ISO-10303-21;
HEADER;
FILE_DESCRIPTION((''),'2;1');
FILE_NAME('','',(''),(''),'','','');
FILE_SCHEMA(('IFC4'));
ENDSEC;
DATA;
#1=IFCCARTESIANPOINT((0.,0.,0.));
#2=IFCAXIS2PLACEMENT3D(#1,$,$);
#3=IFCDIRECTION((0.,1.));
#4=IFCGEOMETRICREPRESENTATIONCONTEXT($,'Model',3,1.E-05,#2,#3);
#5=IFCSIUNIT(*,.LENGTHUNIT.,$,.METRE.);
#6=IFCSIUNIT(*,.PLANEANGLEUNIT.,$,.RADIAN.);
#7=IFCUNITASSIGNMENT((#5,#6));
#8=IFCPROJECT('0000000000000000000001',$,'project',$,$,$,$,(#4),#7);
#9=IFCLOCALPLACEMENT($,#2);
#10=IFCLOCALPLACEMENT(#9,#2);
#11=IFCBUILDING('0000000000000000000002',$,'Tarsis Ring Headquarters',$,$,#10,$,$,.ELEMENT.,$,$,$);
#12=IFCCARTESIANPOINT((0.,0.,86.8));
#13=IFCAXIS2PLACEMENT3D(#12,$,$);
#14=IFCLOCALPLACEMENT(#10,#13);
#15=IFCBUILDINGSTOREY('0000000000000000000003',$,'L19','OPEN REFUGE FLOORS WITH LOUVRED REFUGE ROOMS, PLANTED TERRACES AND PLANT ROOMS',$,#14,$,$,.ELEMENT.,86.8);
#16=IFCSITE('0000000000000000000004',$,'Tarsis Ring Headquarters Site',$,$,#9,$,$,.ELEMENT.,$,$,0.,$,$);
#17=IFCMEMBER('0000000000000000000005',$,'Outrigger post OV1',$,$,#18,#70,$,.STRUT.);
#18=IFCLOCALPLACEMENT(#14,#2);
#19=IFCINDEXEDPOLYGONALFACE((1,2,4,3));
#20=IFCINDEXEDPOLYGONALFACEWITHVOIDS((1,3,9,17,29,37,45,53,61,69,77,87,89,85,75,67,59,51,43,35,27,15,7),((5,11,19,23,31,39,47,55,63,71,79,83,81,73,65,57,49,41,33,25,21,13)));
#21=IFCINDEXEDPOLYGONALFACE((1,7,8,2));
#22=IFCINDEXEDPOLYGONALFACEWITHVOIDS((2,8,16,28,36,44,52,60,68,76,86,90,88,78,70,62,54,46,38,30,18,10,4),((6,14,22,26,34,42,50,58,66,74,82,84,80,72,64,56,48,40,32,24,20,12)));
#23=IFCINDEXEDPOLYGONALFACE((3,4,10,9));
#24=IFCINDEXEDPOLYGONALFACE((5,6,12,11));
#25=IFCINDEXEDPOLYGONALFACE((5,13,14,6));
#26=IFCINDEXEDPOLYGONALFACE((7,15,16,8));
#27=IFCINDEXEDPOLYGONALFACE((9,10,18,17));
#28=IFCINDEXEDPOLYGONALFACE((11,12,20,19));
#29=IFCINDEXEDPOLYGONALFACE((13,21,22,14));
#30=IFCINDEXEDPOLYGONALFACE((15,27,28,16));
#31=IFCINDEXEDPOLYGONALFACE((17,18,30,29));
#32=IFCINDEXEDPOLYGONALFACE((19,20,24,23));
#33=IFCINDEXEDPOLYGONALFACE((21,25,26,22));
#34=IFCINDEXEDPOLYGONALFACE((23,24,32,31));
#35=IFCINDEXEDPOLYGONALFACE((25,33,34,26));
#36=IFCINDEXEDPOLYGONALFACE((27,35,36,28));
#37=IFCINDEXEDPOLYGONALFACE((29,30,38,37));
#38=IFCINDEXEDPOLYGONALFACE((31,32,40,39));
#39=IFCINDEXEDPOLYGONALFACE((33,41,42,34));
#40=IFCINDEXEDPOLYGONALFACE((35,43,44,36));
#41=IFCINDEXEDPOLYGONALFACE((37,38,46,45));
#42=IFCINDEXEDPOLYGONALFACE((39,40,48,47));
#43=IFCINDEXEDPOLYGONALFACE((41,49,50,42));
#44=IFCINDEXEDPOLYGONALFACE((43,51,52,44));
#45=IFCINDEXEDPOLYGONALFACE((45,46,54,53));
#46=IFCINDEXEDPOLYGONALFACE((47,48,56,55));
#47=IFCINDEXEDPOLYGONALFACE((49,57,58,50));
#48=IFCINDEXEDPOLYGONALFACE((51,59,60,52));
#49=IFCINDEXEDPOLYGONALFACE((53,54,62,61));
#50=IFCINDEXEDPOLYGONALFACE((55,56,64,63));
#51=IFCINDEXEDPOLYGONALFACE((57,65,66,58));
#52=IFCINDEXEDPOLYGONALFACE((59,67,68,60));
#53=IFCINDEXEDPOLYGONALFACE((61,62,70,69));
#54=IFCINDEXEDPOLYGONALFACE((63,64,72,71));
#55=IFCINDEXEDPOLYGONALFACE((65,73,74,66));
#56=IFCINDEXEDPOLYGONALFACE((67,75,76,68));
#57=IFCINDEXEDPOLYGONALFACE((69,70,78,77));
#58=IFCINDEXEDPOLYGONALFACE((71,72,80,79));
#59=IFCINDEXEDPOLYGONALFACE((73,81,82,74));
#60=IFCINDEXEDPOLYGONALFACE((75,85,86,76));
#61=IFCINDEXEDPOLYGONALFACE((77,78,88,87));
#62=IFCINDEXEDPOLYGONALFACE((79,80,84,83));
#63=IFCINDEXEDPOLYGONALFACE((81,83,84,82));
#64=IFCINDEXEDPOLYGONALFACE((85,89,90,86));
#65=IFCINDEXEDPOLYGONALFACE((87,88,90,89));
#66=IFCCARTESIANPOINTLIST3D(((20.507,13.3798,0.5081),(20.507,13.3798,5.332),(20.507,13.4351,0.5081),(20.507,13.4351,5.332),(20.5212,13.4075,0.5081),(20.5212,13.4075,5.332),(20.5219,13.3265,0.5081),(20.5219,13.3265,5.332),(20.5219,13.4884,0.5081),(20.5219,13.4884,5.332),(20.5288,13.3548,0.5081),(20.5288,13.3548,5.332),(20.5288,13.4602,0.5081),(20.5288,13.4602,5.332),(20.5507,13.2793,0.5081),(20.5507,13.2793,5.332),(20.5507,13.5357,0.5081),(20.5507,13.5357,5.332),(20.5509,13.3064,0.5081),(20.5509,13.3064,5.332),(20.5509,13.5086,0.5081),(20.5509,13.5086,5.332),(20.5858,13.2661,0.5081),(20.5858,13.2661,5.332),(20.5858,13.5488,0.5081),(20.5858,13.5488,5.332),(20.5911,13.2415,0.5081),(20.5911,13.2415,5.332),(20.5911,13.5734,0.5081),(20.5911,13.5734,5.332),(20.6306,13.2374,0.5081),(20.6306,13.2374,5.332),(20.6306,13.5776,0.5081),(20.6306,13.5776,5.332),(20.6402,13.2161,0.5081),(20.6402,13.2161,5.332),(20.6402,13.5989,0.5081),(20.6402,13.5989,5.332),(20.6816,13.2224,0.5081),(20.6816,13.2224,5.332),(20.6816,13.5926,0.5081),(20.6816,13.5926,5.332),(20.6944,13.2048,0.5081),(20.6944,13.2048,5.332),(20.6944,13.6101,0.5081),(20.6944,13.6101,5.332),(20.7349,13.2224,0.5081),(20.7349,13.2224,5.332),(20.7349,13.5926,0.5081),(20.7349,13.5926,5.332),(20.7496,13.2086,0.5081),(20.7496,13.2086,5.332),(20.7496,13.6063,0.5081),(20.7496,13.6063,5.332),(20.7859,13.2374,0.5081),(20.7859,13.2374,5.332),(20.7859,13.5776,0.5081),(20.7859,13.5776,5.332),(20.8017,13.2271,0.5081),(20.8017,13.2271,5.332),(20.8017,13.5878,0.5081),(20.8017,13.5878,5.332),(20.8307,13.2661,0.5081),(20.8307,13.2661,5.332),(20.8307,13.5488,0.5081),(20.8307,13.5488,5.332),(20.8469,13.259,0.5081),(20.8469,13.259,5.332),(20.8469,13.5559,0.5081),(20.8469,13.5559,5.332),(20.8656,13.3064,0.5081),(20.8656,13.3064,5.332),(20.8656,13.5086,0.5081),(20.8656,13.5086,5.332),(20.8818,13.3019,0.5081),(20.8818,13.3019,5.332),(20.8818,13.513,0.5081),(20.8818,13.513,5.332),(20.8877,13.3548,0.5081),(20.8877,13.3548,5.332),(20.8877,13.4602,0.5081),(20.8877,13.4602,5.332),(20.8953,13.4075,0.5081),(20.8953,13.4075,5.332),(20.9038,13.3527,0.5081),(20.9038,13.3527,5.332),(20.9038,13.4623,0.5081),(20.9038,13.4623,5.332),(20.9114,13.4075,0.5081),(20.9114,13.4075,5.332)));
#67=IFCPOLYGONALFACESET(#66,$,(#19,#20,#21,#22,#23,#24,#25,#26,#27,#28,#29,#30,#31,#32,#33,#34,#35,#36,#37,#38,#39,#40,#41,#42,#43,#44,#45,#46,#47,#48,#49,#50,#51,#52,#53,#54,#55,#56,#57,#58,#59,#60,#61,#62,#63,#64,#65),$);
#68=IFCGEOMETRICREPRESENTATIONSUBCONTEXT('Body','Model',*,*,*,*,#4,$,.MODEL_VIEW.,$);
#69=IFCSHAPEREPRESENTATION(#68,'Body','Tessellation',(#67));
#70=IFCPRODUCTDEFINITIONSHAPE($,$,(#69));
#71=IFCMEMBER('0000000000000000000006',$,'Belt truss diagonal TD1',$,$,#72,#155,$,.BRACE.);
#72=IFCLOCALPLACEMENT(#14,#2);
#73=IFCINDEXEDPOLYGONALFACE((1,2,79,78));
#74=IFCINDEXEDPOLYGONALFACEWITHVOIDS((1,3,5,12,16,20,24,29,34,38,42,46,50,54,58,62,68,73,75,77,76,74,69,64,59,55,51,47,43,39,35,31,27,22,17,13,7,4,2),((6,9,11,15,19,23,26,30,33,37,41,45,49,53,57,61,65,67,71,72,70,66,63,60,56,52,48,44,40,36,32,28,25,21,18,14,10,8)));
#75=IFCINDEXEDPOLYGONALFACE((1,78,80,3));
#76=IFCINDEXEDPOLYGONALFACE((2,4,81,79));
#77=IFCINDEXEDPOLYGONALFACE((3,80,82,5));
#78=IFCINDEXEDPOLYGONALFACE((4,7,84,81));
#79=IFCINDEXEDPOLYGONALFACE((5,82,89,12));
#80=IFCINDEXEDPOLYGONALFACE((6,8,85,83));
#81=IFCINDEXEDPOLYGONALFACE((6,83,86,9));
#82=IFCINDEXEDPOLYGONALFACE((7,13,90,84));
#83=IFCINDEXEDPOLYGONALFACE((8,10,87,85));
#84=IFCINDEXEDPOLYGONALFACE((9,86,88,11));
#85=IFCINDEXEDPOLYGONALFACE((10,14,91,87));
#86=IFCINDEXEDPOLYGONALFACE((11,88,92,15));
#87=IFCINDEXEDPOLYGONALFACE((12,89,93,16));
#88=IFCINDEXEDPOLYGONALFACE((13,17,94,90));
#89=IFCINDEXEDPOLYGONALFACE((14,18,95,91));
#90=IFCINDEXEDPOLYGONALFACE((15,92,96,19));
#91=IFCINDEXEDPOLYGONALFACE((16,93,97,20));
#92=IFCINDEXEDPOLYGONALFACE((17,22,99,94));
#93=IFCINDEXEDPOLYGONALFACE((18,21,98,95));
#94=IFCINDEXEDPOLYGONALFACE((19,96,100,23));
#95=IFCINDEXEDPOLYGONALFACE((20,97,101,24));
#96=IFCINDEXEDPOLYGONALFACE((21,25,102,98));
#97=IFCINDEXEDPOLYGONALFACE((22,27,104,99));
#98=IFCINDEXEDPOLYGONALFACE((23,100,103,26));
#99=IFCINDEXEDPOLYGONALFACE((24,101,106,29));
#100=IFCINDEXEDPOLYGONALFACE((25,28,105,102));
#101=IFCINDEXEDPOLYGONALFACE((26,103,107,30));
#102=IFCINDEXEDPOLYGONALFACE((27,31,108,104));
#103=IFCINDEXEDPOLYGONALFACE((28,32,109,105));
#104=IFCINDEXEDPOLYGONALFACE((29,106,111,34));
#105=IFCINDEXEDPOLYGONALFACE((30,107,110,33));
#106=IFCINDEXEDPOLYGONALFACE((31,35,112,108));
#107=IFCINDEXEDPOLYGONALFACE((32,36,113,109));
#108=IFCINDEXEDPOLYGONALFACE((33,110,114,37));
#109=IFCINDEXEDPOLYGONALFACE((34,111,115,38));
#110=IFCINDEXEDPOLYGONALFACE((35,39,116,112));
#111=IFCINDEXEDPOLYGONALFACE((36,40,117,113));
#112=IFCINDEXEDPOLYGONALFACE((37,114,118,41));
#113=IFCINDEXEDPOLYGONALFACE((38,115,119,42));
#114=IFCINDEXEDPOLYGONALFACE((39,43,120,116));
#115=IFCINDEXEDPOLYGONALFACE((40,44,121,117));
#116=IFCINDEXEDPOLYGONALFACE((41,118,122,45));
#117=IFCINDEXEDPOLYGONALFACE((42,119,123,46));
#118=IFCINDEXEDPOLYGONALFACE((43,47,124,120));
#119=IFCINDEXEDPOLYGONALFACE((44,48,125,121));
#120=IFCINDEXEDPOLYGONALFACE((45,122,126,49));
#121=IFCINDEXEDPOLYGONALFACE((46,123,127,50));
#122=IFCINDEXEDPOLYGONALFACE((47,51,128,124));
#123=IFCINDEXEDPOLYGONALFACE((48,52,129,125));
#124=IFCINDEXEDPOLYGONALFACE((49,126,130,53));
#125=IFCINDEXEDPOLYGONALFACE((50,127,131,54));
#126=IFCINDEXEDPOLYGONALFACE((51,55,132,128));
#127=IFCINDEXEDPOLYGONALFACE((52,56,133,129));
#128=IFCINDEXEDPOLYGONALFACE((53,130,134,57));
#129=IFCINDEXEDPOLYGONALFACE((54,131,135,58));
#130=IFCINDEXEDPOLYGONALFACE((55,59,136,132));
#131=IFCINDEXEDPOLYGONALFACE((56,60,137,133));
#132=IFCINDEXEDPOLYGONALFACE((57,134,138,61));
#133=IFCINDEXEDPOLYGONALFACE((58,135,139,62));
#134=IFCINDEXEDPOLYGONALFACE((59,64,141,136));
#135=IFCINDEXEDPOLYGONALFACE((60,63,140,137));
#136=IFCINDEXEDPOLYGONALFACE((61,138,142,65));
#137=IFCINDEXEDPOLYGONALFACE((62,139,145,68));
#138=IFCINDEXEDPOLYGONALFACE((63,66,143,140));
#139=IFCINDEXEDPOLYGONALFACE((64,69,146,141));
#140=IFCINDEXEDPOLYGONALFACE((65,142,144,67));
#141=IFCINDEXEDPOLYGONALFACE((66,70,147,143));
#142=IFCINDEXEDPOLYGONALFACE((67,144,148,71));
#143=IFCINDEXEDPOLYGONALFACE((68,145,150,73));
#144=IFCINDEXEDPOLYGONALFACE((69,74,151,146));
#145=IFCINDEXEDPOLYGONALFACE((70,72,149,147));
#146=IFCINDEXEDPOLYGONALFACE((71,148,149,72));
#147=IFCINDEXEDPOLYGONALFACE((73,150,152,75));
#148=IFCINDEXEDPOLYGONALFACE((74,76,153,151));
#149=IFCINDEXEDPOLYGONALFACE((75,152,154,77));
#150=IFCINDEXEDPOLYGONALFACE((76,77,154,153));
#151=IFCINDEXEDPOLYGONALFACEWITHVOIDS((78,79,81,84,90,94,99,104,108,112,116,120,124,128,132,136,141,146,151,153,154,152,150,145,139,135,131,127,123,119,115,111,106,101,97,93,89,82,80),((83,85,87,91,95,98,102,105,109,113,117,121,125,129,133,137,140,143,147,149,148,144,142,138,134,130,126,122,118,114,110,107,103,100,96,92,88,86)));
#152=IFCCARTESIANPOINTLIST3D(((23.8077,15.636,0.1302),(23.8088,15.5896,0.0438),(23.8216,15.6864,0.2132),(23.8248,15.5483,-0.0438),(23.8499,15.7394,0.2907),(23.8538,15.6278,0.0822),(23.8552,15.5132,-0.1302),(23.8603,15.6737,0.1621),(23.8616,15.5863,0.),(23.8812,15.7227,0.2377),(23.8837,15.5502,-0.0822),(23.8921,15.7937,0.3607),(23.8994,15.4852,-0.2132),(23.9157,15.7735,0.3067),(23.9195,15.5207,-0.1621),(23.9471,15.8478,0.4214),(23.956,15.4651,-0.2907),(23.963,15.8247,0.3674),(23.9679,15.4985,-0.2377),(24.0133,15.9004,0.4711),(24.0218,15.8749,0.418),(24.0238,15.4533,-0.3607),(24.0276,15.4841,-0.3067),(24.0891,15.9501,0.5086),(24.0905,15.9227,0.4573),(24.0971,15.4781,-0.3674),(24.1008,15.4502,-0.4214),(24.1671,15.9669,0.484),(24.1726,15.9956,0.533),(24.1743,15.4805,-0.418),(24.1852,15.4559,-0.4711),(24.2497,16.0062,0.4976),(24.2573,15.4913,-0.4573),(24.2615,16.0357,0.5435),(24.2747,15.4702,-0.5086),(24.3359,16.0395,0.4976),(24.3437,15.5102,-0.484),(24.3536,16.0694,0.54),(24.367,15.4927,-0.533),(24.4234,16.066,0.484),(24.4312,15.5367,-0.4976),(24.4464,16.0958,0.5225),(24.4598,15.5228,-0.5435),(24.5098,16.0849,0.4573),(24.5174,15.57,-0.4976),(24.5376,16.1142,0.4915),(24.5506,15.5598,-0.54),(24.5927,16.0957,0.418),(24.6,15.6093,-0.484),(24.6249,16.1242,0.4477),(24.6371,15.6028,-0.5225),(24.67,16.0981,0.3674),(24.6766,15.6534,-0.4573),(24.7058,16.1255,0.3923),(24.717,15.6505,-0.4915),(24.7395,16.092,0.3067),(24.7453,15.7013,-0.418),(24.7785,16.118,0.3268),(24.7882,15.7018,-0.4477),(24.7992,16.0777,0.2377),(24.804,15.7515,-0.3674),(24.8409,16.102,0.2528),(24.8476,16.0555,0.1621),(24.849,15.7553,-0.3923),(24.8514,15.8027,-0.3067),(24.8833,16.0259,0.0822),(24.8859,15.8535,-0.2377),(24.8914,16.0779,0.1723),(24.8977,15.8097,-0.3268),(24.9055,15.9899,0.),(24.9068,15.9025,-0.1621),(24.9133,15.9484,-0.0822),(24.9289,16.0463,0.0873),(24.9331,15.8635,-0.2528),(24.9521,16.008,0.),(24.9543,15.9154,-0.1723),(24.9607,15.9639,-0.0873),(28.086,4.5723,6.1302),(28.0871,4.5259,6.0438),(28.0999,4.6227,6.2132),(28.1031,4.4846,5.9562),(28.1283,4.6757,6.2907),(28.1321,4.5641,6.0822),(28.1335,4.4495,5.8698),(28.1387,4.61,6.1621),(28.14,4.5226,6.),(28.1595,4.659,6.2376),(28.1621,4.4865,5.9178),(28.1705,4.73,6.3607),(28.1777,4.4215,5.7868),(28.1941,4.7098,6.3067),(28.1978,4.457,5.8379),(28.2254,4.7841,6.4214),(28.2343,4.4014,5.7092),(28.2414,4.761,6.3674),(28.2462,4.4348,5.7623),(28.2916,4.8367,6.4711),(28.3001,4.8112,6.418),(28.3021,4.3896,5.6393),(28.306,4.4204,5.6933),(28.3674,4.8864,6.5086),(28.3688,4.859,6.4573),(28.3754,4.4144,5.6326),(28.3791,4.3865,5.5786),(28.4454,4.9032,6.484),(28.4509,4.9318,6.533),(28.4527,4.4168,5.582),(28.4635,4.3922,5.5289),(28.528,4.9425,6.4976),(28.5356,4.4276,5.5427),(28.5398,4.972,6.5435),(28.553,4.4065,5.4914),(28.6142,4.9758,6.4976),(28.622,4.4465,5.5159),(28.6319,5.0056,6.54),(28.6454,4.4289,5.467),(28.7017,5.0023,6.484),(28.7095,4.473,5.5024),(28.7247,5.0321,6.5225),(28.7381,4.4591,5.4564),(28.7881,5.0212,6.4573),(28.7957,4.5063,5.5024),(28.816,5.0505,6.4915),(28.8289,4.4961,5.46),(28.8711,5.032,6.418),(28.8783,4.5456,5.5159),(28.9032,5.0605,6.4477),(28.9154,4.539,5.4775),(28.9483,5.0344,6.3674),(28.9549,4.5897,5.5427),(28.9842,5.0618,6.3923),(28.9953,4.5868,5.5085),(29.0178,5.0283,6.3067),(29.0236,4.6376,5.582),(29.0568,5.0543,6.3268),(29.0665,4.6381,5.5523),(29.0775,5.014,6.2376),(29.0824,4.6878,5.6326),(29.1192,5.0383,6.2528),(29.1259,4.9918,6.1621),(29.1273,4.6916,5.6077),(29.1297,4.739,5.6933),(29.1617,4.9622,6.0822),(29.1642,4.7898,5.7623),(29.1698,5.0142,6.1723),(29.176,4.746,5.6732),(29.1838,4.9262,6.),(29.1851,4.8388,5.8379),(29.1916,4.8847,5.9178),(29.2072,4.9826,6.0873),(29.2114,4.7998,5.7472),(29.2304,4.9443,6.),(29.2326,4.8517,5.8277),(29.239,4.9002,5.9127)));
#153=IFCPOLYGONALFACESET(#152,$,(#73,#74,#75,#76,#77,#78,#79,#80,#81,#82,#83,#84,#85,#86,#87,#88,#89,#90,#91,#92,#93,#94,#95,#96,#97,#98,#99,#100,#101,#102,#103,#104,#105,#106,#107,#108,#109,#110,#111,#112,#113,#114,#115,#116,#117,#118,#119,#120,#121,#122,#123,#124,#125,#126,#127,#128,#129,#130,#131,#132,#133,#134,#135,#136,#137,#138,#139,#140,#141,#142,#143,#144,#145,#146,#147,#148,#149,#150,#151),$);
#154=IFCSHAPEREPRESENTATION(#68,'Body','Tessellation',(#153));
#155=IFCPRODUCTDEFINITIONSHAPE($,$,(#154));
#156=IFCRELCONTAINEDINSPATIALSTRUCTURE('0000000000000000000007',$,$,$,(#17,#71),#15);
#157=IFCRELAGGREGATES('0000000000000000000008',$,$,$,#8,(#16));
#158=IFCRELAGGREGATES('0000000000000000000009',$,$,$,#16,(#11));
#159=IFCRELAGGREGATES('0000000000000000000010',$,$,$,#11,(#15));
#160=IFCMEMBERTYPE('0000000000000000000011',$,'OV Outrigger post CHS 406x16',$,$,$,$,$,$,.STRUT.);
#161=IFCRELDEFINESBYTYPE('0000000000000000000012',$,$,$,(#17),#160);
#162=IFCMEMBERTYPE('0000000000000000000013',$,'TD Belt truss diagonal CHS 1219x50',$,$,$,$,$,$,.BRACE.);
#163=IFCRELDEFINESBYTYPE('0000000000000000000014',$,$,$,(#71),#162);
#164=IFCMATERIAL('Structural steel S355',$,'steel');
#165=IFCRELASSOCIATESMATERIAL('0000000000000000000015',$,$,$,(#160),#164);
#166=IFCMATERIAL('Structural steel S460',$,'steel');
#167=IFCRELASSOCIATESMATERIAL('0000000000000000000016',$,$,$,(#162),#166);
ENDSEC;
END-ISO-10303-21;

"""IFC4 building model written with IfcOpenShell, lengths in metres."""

from ifc_helpers import new_model, si_unit, direction, frame, origin, origin_2d, place, context, subcontext, project, spatial, hollow_circle, extrude, material, material_profile, profile_set, type_object, element, save


model = new_model("IFC4")

# Units and contexts
model_context = context("Model", 3, precision=1e-05, world=origin(), true_north=direction((0.0, 1.0)))
body_context = subcontext(model_context, "Body", "Model", "MODEL_VIEW")
ifc_project = project(units=[si_unit("LENGTHUNIT", "METRE"), si_unit("PLANEANGLEUNIT", "RADIAN")], contexts=[model_context])

# Site, building, storey
site_placement = place(None, origin())
site = spatial("IfcSite", under=ifc_project, at=site_placement, Name="Tarsis Ring Headquarters Site", CompositionType="ELEMENT", RefElevation=0.0)
building_placement = place(site_placement, origin())
building = spatial("IfcBuilding", under=site, at=building_placement, Name="Tarsis Ring Headquarters", CompositionType="ELEMENT")
storey_placement = place(building_placement, frame((0.0, 0.0, 86.8)))
storey = spatial("IfcBuildingStorey", under=building, at=storey_placement, Name="L19", Description="OPEN REFUGE FLOORS WITH LOUVRED REFUGE ROOMS, PLANTED TERRACES AND PLANT ROOMS", CompositionType="ELEMENT", Elevation=86.8)

# Shared definitions
ifc_material_1 = material(Name="Structural steel S460", Category="steel")
ifc_material_profile_1 = material_profile(ifc_material_1, hollow_circle(Radius=0.6096, WallThickness=0.05, at=origin_2d()), Name="CHS 1219x50")
ifc_profile_set_1 = profile_set([ifc_material_profile_1], Name="Structural steel S460")

# Shared definitions
ifc_material_2 = material(Name="Structural steel S355", Category="steel")

# Members
ifc_material_profile_2 = material_profile(ifc_material_2, hollow_circle(Radius=0.2031, WallThickness=0.0161, at=origin_2d()), Name="CHS 406x16")
ifc_profile_set_2 = profile_set([ifc_material_profile_2], Name="Structural steel S355")
member_type_1 = type_object("IfcMemberType", Name="OV Outrigger post CHS 406x16", PredefinedType="STRUT", material=ifc_profile_set_2)
for number, where, z_axis, x_axis, name in (
    (1, (20.7083, 13.4075, 0.5081), (0.0, 0.0, 1.0), (1.0, 0.0, 0.0), "Outrigger post OV1"),
):
    element("IfcMember", number, at=place(storey_placement, frame(where, z_axis=z_axis, x_axis=x_axis)), inside=storey, type_object=member_type_1, Name=name, PredefinedType="STRUT", context=body_context, shape_type="SweptSolid", body=[
        extrude(hollow_circle(Radius=0.2031, WallThickness=0.0161, at=origin_2d()), origin(), (0.0, 0.0, 1.0), 4.824),
    ])
member_type_2 = type_object("IfcMemberType", Name="TD Belt truss diagonal CHS 1219x50", PredefinedType="BRACE", material=ifc_profile_set_1)
member_1_placement = place(storey_placement, frame((24.3835, 15.7881, 0.0), z_axis=(0.321842, -0.832282, 0.451358), x_axis=(0.932693, 0.360671, 0.0)))
element("IfcMember", 2, at=member_1_placement, inside=storey, type_object=member_type_2, Name="Belt truss diagonal TD1", PredefinedType="BRACE", context=body_context, shape_type="SweptSolid", body=[
    extrude(hollow_circle(Radius=0.6096, WallThickness=0.05, at=origin_2d()), origin(), (0.0, 0.0, 1.0), 13.2932),
])

save(model, "model.ifc")
